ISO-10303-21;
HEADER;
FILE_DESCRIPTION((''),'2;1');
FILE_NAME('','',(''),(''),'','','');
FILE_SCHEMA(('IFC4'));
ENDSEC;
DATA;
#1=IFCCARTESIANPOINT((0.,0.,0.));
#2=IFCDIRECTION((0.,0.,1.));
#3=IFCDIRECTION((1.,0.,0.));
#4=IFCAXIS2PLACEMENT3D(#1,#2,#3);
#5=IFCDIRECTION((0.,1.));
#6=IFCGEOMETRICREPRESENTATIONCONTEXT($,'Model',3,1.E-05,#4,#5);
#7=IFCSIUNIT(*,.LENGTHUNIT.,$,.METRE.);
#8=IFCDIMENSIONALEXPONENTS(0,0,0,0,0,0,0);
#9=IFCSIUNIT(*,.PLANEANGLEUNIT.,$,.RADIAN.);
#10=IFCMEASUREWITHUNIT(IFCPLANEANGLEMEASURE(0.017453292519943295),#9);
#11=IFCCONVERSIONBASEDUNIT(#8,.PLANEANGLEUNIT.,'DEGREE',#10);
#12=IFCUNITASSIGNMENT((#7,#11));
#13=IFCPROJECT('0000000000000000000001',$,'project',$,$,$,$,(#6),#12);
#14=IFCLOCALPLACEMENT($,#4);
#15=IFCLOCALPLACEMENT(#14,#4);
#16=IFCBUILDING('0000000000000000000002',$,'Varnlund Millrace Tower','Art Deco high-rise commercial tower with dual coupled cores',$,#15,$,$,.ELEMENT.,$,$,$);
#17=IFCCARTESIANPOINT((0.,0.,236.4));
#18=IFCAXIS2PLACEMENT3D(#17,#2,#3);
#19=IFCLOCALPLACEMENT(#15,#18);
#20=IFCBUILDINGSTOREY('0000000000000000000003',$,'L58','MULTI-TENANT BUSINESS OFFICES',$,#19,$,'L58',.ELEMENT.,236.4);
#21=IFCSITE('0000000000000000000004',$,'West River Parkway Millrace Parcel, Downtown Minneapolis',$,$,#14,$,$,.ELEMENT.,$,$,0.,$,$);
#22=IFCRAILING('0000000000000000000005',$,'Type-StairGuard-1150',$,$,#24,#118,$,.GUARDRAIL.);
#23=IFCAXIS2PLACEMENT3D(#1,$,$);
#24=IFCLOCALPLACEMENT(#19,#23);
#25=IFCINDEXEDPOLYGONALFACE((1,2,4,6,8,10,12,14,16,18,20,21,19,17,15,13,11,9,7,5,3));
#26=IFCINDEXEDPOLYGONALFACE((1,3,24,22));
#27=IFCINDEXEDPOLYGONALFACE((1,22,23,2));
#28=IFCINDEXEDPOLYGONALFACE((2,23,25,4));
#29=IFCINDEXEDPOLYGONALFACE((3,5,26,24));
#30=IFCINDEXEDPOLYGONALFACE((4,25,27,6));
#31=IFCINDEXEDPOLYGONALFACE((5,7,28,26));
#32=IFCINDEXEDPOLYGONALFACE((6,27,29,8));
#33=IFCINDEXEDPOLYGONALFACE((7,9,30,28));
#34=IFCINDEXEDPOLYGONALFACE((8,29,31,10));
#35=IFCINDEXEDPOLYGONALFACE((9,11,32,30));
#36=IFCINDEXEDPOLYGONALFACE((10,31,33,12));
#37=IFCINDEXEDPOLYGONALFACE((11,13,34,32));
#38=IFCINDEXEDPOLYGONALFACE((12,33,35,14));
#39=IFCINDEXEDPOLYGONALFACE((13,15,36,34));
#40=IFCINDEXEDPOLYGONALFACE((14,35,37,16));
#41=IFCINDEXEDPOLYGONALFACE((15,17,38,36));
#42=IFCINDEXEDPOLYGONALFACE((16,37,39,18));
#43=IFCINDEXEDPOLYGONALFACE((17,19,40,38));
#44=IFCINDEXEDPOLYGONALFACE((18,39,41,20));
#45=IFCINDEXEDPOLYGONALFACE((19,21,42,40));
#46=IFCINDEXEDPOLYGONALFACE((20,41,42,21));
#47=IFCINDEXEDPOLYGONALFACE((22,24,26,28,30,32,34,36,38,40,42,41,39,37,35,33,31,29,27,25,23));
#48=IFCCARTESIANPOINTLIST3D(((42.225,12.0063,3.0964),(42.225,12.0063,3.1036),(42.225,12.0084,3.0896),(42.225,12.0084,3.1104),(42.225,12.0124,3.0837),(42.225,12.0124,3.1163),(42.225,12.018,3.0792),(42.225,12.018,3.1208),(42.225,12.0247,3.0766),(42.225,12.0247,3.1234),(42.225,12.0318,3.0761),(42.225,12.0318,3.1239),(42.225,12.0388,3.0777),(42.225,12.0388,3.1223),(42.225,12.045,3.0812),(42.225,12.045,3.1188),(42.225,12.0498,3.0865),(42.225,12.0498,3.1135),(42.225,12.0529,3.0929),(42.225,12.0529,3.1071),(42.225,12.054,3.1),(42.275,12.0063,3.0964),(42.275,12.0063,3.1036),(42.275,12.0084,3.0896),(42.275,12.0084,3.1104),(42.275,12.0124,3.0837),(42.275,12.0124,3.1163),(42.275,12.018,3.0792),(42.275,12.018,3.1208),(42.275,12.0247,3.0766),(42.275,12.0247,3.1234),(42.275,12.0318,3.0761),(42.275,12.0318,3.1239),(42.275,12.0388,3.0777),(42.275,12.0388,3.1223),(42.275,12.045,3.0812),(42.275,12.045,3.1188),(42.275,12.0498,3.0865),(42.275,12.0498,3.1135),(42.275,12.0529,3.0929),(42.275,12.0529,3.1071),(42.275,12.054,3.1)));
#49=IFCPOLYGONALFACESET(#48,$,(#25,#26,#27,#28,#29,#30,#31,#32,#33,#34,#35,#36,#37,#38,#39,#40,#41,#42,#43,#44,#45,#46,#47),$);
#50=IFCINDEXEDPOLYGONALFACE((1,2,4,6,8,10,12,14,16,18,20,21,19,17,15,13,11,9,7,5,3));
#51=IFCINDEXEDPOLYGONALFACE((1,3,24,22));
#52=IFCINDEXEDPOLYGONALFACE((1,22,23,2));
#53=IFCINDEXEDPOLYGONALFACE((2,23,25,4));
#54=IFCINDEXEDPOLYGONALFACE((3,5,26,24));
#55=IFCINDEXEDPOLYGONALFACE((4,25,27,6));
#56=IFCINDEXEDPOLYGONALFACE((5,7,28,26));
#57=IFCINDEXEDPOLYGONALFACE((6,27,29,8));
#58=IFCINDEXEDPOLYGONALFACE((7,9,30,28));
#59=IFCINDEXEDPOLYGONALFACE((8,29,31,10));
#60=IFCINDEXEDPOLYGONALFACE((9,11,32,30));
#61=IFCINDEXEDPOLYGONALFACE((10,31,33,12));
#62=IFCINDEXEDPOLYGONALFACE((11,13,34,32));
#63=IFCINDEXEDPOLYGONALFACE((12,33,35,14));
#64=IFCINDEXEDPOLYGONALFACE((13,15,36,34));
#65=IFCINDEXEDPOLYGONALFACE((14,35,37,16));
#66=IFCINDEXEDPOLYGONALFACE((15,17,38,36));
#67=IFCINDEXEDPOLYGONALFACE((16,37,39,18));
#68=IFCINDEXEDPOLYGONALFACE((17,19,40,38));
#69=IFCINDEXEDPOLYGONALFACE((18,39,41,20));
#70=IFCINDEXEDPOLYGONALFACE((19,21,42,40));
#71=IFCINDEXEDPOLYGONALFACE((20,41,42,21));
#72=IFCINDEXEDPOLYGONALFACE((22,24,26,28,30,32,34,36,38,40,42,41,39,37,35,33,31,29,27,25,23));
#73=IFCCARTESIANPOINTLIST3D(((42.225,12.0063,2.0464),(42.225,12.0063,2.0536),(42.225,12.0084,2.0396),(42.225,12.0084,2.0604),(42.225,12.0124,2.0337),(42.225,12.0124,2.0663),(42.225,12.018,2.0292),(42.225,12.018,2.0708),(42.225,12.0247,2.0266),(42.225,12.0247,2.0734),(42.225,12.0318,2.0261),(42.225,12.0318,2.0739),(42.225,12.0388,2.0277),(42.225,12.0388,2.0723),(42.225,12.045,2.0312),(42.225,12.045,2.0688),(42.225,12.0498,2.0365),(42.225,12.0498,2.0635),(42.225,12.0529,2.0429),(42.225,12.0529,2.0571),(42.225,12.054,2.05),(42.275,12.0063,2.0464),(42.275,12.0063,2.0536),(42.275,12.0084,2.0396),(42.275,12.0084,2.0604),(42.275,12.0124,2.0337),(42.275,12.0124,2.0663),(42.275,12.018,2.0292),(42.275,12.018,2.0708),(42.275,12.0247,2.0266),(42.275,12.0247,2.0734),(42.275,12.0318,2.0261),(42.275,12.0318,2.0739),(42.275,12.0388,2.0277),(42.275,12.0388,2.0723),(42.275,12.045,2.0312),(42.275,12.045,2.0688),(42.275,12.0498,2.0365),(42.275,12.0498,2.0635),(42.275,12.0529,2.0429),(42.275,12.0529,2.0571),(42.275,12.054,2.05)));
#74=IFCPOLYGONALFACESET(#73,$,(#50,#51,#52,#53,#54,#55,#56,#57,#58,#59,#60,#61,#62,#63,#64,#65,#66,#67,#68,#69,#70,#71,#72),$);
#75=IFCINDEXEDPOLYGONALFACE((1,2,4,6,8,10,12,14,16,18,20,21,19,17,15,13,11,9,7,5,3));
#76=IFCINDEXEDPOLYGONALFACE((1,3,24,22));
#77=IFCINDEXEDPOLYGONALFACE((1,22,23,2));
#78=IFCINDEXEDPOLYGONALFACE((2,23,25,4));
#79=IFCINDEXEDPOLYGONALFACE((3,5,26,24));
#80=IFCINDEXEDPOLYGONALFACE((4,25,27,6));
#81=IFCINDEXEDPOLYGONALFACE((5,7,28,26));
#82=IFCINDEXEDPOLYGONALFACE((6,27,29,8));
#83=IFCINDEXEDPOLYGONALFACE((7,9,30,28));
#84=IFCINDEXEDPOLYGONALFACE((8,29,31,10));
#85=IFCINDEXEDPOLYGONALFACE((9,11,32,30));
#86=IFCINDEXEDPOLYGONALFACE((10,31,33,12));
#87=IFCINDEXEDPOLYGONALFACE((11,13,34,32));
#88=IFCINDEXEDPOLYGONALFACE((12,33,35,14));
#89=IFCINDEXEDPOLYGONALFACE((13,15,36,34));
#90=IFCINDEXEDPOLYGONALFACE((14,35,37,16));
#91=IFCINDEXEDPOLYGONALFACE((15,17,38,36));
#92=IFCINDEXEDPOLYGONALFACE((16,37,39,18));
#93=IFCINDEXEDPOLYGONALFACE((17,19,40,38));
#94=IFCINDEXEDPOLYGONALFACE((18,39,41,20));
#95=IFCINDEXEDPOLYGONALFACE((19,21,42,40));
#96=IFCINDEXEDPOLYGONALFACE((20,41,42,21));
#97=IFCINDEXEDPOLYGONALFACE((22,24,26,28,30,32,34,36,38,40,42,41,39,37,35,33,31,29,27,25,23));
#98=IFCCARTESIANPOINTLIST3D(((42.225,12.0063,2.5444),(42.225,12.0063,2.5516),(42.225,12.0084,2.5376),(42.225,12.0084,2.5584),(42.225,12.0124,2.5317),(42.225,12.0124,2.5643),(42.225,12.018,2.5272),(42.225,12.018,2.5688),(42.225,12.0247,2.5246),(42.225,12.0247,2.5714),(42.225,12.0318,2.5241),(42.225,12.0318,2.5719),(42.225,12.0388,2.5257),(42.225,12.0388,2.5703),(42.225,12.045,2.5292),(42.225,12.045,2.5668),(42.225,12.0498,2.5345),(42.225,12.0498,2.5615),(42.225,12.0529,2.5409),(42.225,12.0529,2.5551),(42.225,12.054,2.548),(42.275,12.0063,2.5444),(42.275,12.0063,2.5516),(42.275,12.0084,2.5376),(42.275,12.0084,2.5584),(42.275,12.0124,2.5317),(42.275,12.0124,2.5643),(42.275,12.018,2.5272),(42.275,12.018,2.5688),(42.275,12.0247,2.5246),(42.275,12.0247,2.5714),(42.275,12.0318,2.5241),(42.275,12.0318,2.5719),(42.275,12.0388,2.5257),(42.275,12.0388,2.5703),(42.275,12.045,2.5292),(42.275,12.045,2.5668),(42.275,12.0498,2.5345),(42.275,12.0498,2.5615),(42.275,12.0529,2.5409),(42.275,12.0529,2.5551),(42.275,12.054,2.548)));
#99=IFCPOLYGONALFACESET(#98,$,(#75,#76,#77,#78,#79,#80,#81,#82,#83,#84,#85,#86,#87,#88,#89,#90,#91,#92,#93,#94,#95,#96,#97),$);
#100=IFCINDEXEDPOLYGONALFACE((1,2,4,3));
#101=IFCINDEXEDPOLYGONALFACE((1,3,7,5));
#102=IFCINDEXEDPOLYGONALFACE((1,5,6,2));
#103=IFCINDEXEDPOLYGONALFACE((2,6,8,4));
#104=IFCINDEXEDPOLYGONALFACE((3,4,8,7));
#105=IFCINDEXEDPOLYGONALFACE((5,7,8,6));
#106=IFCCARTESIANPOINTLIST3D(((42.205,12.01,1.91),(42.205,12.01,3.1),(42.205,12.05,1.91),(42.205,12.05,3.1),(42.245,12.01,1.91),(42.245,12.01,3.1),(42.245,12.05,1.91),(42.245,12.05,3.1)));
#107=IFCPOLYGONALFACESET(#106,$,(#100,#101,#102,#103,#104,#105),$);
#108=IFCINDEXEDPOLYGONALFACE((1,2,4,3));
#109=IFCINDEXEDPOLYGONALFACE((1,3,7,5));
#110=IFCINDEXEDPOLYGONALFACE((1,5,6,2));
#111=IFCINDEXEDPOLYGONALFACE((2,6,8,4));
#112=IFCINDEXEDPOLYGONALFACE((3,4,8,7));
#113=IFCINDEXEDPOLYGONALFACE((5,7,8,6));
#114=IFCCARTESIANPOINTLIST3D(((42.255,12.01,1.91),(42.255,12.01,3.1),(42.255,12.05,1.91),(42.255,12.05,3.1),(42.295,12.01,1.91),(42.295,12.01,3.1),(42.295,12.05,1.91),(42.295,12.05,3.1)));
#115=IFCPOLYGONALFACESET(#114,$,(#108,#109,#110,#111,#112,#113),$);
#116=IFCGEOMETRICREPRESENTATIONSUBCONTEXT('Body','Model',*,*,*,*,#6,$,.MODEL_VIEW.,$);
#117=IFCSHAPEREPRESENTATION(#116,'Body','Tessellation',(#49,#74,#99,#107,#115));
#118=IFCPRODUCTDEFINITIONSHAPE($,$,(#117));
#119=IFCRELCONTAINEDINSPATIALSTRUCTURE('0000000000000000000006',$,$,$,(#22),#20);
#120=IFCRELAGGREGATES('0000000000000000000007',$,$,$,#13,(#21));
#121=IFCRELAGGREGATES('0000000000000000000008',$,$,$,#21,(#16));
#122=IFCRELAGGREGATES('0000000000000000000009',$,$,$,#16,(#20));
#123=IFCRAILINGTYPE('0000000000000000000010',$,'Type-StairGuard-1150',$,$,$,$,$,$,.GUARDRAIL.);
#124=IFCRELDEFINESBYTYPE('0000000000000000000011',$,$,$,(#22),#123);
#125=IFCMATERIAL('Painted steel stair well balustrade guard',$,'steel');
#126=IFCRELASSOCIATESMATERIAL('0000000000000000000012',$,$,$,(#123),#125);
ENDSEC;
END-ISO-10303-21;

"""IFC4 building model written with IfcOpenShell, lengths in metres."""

from ifc_helpers import new_model, entity, si_unit, converted_unit, direction, frame, origin_with_axes, origin_2d_with_axis, place, context, subcontext, project, spatial, rectangle, circle, extrude, material, type_object, element, save


model = new_model("IFC4")

# Units and contexts
model_context = context("Model", 3, precision=1e-05, world=origin_with_axes(), true_north=direction((0.0, 1.0)))
body_context = subcontext(model_context, "Body", "Model", "MODEL_VIEW")
ifc_project = project(units=[si_unit("LENGTHUNIT", "METRE"), converted_unit("PLANEANGLEUNIT", "DEGREE", entity("IfcPlaneAngleMeasure", 0.017453292519943295), si_unit("PLANEANGLEUNIT", "RADIAN"), dimensions=[0, 0, 0, 0, 0, 0, 0])], contexts=[model_context])

# Site, building, storey
site_placement = place(None, origin_with_axes())
site = spatial("IfcSite", under=ifc_project, at=site_placement, Name="West River Parkway Millrace Parcel, Downtown Minneapolis", CompositionType="ELEMENT", RefElevation=0.0)
building_placement = place(site_placement, origin_with_axes())
building = spatial("IfcBuilding", under=site, at=building_placement, Name="Varnlund Millrace Tower", Description="Art Deco high-rise commercial tower with dual coupled cores", CompositionType="ELEMENT")
storey_placement = place(building_placement, frame((0.0, 0.0, 236.4), z_axis=(0.0, 0.0, 1.0), x_axis=(1.0, 0.0, 0.0)))
storey = spatial("IfcBuildingStorey", under=building, at=storey_placement, Name="L58", Description="MULTI-TENANT BUSINESS OFFICES", LongName="L58", CompositionType="ELEMENT", Elevation=236.4)

# Railing
ifc_material_1 = material(Name="Painted steel stair well balustrade guard", Category="steel")
railing_type_1 = type_object("IfcRailingType", Name="Type-StairGuard-1150", PredefinedType="GUARDRAIL", material=ifc_material_1)
railing_1_placement = place(storey_placement, frame((0.0, 0.0, -236.4), z_axis=(0.0, 0.0, 1.0), x_axis=(1.0, 0.0, 0.0)))
element("IfcRailing", 1, at=railing_1_placement, inside=storey, type_object=railing_type_1, Name="Type-StairGuard-1150", PredefinedType="GUARDRAIL", context=body_context, shape_type="SweptSolid", body=[
    extrude(circle(Radius=0.024, at=origin_2d_with_axis()), frame((42.225, 12.03, 239.5), z_axis=(1.0, 0.0, 0.0), x_axis=(0.0, 1.0, 0.0)), (0.0, 0.0, 1.0), 0.05),
    extrude(circle(Radius=0.024, at=origin_2d_with_axis()), frame((42.225, 12.03, 238.45), z_axis=(1.0, 0.0, 0.0), x_axis=(0.0, 1.0, 0.0)), (0.0, 0.0, 1.0), 0.05),
    extrude(circle(Radius=0.024, at=origin_2d_with_axis()), frame((42.225, 12.03, 238.948), z_axis=(1.0, 0.0, 0.0), x_axis=(0.0, 1.0, 0.0)), (0.0, 0.0, 1.0), 0.05),
    extrude(rectangle(XDim=0.04, YDim=0.04, at=origin_2d_with_axis()), frame((42.225, 12.03, 238.31), z_axis=(0.0, 0.0, 1.0), x_axis=(1.0, 0.0, 0.0)), (0.0, 0.0, 1.0), 1.19),
    extrude(rectangle(XDim=0.04, YDim=0.04, at=origin_2d_with_axis()), frame((42.275, 12.03, 238.31), z_axis=(0.0, 0.0, 1.0), x_axis=(1.0, 0.0, 0.0)), (0.0, 0.0, 1.0), 1.19),
])

save(model, "model.ifc")
